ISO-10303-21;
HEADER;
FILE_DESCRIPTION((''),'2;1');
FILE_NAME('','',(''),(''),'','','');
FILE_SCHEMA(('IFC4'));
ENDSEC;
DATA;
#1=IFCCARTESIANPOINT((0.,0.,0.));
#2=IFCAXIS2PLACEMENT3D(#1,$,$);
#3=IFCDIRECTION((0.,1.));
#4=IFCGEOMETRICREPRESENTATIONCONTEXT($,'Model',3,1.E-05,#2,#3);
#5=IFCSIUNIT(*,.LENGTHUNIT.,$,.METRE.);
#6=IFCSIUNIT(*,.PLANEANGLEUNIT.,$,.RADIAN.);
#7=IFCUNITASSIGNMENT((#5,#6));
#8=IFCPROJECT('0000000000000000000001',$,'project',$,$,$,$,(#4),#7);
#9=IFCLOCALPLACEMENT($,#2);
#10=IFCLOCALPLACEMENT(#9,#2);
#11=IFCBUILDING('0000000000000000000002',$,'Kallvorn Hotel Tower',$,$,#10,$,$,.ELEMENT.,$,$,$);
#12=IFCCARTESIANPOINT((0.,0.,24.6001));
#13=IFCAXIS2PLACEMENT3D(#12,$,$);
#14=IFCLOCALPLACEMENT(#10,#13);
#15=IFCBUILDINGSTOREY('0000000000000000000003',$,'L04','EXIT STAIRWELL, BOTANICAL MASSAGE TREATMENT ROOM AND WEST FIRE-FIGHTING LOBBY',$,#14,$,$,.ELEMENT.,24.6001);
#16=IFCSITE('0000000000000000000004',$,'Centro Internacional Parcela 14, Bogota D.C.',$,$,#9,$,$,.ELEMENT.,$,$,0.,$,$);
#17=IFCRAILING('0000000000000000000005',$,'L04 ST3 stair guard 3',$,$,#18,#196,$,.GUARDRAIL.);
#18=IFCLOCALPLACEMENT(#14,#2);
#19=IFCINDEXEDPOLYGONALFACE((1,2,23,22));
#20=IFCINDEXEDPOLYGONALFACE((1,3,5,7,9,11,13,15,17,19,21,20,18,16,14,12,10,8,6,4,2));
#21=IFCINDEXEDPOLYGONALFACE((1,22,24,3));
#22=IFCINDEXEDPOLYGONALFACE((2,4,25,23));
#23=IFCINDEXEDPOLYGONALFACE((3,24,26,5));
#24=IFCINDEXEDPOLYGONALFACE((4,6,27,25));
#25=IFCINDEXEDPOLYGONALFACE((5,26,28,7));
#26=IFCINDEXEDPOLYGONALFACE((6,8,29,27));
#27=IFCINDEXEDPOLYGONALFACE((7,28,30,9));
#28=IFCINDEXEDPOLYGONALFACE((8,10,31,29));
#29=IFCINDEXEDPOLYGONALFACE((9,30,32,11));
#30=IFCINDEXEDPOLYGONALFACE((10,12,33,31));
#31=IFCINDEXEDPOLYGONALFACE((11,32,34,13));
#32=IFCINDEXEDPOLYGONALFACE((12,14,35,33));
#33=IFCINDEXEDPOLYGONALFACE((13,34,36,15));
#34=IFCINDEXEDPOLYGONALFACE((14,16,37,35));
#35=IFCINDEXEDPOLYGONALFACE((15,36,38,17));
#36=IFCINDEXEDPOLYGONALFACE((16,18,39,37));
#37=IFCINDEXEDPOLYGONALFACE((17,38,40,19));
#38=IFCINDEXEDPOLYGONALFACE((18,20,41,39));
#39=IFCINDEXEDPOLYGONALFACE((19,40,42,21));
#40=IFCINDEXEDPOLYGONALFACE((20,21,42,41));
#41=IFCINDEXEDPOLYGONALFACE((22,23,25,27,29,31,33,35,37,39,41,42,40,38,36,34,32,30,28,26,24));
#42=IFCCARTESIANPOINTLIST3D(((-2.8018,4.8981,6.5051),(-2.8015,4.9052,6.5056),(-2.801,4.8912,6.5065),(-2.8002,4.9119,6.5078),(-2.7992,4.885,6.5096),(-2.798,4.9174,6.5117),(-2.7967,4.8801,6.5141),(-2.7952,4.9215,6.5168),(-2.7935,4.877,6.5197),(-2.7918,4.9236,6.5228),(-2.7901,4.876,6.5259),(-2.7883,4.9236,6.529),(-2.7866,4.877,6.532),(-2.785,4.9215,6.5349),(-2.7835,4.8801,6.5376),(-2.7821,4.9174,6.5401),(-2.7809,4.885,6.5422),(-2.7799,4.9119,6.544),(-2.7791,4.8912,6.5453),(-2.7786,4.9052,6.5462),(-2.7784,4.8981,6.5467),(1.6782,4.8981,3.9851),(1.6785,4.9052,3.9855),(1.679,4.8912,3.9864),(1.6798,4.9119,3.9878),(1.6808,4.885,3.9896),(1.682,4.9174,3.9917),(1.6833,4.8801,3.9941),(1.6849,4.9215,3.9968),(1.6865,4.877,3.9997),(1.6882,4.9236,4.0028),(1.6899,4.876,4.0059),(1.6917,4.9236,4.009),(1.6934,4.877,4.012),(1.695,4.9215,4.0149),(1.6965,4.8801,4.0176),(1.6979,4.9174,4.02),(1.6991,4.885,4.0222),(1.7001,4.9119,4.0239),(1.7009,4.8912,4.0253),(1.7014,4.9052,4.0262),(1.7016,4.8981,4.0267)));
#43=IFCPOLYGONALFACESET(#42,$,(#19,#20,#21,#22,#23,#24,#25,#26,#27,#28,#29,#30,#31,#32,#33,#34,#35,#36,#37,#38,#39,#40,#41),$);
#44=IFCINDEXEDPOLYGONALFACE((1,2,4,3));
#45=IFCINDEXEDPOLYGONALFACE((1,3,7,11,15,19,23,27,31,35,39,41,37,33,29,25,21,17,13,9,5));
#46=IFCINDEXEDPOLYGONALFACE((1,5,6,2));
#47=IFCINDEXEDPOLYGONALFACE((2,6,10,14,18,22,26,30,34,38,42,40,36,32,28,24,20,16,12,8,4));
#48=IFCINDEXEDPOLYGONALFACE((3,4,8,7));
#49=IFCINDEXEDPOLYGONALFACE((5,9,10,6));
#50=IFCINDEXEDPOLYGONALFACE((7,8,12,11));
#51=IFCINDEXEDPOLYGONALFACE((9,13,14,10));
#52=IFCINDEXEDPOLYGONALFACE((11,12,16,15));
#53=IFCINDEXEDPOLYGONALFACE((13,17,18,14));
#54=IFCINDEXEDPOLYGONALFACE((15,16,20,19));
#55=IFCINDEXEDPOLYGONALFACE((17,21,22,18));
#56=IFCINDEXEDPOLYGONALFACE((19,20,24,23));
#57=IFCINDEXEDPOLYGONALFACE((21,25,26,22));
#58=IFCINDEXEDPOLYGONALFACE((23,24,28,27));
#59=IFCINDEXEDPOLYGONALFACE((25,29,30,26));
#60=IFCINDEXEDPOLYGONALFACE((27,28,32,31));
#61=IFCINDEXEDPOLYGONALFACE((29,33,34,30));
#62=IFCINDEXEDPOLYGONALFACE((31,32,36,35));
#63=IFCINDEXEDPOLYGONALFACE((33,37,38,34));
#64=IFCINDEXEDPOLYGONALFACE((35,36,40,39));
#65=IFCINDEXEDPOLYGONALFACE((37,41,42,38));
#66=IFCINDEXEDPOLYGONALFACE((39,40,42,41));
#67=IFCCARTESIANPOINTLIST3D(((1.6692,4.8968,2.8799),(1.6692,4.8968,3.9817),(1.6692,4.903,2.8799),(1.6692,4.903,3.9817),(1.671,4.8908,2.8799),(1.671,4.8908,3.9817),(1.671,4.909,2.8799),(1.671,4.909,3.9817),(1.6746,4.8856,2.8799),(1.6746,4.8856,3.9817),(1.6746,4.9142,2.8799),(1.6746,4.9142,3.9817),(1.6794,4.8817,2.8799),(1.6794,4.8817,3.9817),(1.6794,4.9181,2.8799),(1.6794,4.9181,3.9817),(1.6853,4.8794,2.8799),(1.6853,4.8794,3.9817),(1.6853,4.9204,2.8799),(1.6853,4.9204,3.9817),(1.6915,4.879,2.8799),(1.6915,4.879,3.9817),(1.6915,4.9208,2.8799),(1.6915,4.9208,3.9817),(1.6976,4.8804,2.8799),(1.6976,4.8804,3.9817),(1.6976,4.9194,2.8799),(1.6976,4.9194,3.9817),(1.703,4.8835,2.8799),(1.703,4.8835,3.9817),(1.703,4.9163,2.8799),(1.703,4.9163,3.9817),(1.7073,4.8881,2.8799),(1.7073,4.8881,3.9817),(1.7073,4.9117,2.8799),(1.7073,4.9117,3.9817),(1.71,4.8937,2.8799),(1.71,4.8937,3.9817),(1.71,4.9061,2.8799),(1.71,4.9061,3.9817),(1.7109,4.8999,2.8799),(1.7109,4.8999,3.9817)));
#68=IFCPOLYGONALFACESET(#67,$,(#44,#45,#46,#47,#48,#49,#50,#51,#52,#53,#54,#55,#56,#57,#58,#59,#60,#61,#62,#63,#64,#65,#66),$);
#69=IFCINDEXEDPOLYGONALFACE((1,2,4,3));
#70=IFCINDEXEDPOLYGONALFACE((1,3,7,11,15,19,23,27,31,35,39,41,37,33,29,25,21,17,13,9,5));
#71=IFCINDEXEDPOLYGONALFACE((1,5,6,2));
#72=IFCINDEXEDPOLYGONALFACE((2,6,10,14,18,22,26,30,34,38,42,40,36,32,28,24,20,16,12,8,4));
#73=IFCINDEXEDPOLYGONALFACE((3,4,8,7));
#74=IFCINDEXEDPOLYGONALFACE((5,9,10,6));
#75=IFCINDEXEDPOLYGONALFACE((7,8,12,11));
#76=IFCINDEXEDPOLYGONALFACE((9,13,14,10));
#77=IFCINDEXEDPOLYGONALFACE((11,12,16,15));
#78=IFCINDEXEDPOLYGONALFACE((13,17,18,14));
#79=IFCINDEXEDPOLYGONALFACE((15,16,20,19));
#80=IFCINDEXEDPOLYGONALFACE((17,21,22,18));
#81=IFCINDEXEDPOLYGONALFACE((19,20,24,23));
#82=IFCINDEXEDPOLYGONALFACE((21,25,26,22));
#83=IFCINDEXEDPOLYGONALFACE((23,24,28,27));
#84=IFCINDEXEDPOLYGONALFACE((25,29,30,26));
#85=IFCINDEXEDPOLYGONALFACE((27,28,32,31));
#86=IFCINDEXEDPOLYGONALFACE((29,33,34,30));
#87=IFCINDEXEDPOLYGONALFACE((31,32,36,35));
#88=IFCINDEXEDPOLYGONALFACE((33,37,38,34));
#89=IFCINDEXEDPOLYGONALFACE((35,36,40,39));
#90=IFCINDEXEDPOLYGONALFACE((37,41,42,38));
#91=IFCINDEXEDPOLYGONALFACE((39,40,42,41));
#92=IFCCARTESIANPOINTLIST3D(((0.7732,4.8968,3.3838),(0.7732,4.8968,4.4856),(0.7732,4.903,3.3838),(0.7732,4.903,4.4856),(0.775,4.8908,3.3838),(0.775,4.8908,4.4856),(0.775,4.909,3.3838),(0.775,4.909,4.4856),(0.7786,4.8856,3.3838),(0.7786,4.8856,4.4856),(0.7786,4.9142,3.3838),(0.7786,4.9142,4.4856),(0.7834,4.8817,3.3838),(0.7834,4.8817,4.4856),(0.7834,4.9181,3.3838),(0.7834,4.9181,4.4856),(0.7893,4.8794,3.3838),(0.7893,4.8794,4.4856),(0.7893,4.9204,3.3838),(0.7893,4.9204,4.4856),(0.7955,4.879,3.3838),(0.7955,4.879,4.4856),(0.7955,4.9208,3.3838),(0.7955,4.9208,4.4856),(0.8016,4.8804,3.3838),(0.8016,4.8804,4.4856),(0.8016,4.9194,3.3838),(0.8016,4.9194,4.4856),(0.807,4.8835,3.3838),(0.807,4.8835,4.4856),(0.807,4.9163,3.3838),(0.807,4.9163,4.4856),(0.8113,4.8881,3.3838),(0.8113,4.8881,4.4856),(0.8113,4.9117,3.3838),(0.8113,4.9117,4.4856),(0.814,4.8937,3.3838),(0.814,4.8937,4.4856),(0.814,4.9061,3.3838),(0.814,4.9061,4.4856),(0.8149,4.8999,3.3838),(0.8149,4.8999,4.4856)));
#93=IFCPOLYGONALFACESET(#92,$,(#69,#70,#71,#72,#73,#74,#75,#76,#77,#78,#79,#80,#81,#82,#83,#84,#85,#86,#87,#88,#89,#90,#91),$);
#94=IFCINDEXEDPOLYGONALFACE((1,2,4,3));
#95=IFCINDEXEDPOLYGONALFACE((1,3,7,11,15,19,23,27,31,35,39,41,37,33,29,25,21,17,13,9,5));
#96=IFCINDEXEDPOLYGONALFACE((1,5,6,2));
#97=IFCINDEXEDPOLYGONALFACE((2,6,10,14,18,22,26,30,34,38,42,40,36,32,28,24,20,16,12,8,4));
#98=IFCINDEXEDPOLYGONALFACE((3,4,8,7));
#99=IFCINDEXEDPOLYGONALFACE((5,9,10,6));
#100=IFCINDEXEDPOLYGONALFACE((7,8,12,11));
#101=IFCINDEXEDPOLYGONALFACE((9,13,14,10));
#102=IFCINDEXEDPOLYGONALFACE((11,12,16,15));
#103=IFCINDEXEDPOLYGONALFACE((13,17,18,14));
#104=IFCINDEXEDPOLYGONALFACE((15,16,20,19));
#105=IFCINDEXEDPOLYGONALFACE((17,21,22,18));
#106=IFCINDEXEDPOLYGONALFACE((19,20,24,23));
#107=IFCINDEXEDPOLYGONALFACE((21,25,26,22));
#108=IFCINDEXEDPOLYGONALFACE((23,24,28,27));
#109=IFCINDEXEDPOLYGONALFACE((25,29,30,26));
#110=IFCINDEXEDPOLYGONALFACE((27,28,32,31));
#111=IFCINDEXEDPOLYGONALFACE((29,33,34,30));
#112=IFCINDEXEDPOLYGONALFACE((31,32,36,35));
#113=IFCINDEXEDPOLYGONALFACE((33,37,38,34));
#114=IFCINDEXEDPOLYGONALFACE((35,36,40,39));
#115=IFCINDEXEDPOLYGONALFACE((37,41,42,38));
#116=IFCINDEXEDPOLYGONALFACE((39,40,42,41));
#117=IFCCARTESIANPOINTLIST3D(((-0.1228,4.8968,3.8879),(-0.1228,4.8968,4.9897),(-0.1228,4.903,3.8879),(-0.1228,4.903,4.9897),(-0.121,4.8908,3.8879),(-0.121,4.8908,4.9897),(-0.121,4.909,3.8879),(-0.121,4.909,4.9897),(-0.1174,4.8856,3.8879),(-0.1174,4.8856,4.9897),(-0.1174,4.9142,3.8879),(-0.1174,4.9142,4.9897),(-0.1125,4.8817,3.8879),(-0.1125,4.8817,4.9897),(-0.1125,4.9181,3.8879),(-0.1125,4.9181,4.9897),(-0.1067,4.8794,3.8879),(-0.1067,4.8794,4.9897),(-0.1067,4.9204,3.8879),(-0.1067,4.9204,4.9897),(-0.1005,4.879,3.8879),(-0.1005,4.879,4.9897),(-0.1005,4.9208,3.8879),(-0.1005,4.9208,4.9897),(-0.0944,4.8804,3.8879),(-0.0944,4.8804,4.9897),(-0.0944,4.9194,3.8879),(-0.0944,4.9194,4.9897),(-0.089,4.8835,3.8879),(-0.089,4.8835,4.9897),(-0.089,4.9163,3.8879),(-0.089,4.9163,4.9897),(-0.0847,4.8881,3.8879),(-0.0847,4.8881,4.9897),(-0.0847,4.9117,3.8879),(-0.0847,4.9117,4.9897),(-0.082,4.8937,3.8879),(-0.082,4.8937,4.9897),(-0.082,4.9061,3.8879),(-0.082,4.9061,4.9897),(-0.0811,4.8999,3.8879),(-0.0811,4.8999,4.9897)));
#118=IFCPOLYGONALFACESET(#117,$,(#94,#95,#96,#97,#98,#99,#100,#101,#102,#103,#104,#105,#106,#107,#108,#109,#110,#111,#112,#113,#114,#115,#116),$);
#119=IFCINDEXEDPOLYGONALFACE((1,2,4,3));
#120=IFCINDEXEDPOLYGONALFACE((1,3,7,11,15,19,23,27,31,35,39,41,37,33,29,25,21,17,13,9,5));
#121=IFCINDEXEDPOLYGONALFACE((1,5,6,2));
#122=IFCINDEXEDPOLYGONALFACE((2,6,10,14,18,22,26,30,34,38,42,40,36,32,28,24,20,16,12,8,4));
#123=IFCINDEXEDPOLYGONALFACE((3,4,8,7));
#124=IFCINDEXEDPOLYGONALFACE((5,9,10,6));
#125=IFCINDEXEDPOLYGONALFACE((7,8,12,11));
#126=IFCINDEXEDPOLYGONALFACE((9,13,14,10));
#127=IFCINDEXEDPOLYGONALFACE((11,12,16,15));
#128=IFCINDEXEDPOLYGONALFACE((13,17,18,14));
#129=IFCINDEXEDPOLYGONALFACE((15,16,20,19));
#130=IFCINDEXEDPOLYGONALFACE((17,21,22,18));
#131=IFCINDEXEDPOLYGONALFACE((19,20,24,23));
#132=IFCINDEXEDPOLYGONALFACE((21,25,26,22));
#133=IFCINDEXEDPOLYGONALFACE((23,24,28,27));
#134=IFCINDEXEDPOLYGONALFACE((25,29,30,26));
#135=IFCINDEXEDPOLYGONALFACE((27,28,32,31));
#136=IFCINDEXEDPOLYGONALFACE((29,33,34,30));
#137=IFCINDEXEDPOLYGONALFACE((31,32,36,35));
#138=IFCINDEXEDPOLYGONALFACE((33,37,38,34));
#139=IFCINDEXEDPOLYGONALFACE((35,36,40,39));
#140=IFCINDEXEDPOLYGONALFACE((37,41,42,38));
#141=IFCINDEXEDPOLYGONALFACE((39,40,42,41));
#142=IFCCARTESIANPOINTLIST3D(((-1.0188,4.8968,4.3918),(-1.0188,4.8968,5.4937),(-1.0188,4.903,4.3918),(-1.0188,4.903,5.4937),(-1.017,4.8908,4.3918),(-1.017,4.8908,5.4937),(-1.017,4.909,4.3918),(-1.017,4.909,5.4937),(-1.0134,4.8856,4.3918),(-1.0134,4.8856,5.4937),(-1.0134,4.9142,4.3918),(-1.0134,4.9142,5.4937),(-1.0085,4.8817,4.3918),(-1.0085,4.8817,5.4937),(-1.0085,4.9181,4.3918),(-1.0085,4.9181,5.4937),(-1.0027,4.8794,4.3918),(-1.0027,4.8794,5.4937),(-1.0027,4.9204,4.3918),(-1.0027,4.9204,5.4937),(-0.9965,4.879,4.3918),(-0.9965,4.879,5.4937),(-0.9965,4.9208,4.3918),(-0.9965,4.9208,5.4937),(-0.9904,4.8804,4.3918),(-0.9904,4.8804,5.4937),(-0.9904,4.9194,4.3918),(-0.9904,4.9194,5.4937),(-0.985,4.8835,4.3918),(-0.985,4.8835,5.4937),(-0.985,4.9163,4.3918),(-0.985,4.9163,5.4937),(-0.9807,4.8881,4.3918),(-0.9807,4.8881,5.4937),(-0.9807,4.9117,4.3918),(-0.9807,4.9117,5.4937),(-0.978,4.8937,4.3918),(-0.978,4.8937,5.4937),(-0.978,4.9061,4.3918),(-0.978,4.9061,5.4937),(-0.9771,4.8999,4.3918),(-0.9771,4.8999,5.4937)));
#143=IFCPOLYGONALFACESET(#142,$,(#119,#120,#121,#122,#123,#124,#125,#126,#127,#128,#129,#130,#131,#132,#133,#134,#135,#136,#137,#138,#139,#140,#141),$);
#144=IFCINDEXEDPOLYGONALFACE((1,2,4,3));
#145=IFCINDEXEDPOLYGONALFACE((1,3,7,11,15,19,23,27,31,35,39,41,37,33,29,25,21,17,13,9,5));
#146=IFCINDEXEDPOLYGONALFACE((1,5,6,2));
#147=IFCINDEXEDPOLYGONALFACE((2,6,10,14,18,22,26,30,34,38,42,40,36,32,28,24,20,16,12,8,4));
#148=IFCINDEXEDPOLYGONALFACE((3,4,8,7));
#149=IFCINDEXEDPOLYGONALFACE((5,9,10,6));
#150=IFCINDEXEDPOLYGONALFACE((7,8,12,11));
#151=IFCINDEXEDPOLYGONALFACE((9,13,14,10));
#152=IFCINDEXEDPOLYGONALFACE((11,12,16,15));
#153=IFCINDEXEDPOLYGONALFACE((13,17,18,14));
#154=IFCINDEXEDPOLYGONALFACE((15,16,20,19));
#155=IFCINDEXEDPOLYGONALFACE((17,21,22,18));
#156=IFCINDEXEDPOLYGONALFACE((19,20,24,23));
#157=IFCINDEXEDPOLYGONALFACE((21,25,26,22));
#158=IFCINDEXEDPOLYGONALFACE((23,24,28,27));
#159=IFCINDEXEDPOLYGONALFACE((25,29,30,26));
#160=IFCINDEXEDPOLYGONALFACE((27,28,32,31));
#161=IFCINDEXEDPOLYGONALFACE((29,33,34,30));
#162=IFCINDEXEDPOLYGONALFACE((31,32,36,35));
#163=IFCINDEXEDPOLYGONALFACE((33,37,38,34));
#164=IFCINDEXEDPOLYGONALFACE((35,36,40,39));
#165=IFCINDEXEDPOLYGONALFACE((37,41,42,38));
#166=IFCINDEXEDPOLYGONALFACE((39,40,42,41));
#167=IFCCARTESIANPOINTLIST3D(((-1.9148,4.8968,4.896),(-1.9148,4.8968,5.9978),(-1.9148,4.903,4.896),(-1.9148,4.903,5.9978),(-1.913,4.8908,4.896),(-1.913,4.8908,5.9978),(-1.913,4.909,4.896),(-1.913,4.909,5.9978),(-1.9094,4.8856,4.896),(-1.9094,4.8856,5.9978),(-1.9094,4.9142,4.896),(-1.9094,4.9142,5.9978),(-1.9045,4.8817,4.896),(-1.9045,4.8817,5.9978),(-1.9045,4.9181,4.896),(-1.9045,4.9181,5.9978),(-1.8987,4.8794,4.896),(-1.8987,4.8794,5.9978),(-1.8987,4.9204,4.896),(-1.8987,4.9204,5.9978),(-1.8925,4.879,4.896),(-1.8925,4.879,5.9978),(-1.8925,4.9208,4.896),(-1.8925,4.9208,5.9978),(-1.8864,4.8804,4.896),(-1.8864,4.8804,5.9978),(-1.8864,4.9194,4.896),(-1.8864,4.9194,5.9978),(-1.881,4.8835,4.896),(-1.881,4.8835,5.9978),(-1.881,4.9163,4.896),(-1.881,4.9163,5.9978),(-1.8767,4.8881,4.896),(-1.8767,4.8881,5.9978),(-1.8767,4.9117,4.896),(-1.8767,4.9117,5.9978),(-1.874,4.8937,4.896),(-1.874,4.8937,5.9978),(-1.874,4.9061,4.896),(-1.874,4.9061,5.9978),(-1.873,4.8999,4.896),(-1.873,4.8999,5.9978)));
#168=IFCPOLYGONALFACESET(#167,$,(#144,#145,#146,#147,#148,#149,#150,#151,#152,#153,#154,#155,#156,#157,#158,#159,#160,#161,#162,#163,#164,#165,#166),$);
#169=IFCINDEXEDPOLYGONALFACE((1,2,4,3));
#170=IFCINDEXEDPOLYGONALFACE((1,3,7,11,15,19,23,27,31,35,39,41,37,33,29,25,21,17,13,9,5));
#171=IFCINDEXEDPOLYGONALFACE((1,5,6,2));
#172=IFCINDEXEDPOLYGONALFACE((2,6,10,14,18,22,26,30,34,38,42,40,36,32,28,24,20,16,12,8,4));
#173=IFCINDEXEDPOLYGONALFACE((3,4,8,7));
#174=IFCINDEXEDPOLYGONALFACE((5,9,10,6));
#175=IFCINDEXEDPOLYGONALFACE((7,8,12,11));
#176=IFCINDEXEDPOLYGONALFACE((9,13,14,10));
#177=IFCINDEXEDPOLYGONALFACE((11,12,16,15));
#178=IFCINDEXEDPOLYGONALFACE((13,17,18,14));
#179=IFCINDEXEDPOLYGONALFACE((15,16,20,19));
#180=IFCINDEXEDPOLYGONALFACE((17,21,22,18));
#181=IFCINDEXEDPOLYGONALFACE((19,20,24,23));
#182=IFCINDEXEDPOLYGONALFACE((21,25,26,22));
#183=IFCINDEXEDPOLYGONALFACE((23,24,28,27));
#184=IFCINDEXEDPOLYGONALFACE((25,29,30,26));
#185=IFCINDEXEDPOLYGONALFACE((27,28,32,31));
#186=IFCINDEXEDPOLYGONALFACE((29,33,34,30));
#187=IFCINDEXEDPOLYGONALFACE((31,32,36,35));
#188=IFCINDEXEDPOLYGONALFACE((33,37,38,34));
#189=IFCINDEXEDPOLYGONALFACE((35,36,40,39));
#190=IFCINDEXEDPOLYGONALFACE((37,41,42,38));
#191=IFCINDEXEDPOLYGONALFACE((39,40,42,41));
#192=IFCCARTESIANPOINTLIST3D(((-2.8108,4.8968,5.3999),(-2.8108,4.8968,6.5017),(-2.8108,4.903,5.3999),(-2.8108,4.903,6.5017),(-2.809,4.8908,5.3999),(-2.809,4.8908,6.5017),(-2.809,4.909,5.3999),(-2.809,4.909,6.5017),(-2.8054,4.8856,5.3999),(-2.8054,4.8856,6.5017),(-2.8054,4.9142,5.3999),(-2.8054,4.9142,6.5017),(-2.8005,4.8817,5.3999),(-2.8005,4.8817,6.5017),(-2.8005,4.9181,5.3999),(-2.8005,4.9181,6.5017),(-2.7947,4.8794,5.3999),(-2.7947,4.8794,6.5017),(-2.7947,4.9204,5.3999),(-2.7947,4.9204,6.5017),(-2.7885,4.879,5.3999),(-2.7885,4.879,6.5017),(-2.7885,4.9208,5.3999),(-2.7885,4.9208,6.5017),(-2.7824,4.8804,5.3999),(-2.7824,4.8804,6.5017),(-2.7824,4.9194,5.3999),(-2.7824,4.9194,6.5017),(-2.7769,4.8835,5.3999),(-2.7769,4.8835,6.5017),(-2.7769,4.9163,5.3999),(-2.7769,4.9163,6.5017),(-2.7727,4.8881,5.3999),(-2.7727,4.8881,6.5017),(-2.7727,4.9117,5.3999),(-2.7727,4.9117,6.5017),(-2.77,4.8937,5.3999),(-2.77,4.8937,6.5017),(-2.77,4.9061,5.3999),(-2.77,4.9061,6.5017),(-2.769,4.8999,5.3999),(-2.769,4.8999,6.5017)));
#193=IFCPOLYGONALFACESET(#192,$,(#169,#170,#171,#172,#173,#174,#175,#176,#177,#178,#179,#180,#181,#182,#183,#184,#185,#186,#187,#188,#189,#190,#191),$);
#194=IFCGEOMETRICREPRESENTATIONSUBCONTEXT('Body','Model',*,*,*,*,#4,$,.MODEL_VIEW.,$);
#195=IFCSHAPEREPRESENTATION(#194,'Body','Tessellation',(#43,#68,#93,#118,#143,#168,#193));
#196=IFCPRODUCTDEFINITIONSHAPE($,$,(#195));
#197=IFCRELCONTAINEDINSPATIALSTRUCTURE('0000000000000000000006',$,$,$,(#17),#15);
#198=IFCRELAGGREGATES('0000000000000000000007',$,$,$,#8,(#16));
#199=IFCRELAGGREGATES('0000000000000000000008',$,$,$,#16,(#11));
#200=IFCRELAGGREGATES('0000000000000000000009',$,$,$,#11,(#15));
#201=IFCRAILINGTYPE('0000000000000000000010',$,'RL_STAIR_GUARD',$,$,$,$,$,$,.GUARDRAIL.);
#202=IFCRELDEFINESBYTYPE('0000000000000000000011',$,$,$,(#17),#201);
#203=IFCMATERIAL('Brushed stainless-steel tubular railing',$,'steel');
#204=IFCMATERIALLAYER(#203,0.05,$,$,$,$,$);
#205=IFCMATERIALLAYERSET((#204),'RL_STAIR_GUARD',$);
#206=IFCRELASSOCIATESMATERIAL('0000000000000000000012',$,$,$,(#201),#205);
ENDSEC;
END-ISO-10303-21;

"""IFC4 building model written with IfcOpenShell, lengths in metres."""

from ifc_helpers import new_model, si_unit, direction, frame, origin, origin_2d, place, context, subcontext, project, spatial, circle, extrude, material, layer, layer_set, type_object, element, save


model = new_model("IFC4")

# Units and contexts
model_context = context("Model", 3, precision=1e-05, world=origin(), true_north=direction((0.0, 1.0)))
body_context = subcontext(model_context, "Body", "Model", "MODEL_VIEW")
ifc_project = project(units=[si_unit("LENGTHUNIT", "METRE"), si_unit("PLANEANGLEUNIT", "RADIAN")], contexts=[model_context])

# Site, building, storey
site_placement = place(None, origin())
site = spatial("IfcSite", under=ifc_project, at=site_placement, Name="Centro Internacional Parcela 14, Bogota D.C.", CompositionType="ELEMENT", RefElevation=0.0)
building_placement = place(site_placement, origin())
building = spatial("IfcBuilding", under=site, at=building_placement, Name="Kallvorn Hotel Tower", CompositionType="ELEMENT")
storey_placement = place(building_placement, frame((0.0, 0.0, 24.6001)))
storey = spatial("IfcBuildingStorey", under=building, at=storey_placement, Name="L04", Description="EXIT STAIRWELL, BOTANICAL MASSAGE TREATMENT ROOM AND WEST FIRE-FIGHTING LOBBY", CompositionType="ELEMENT", Elevation=24.6001)

# Railing
ifc_material_1 = material(Name="Brushed stainless-steel tubular railing", Category="steel")
ifc_layer_1 = layer(ifc_material_1, 0.05)
ifc_layer_set_1 = layer_set([ifc_layer_1], Name="RL_STAIR_GUARD")
railing_type_1 = type_object("IfcRailingType", Name="RL_STAIR_GUARD", PredefinedType="GUARDRAIL", material=ifc_layer_set_1)
railing_1_placement = place(storey_placement, frame((1.6899, 4.8999, 2.8799)))
element("IfcRailing", 1, at=railing_1_placement, inside=storey, type_object=railing_type_1, Name="L04 ST3 stair guard 3", PredefinedType="GUARDRAIL", context=body_context, shape_type="SweptSolid", body=[
    extrude(circle(Radius=0.0239, at=origin_2d()), frame((0.0, 0.0, 1.126), z_axis=(-0.871573, 0.0, 0.490266), x_axis=(0.0, -1.0, 0.0)), (0.0, 0.0, 1.0), 5.1401),
    extrude(circle(Radius=0.021, at=origin_2d()), origin(), (0.0, 0.0, 1.0), 1.1018),
    extrude(circle(Radius=0.021, at=origin_2d()), frame((-0.896, 0.0, 0.5039)), (0.0, 0.0, 1.0), 1.1018),
    extrude(circle(Radius=0.021, at=origin_2d()), frame((-1.792, 0.0, 1.0081)), (0.0, 0.0, 1.0), 1.1018),
    extrude(circle(Radius=0.021, at=origin_2d()), frame((-2.688, 0.0, 1.512)), (0.0, 0.0, 1.0), 1.1018),
    extrude(circle(Radius=0.021, at=origin_2d()), frame((-3.584, 0.0, 2.0161)), (0.0, 0.0, 1.0), 1.1018),
    extrude(circle(Radius=0.021, at=origin_2d()), frame((-4.48, 0.0, 2.52)), (0.0, 0.0, 1.0), 1.1018),
])

save(model, "model.ifc")
